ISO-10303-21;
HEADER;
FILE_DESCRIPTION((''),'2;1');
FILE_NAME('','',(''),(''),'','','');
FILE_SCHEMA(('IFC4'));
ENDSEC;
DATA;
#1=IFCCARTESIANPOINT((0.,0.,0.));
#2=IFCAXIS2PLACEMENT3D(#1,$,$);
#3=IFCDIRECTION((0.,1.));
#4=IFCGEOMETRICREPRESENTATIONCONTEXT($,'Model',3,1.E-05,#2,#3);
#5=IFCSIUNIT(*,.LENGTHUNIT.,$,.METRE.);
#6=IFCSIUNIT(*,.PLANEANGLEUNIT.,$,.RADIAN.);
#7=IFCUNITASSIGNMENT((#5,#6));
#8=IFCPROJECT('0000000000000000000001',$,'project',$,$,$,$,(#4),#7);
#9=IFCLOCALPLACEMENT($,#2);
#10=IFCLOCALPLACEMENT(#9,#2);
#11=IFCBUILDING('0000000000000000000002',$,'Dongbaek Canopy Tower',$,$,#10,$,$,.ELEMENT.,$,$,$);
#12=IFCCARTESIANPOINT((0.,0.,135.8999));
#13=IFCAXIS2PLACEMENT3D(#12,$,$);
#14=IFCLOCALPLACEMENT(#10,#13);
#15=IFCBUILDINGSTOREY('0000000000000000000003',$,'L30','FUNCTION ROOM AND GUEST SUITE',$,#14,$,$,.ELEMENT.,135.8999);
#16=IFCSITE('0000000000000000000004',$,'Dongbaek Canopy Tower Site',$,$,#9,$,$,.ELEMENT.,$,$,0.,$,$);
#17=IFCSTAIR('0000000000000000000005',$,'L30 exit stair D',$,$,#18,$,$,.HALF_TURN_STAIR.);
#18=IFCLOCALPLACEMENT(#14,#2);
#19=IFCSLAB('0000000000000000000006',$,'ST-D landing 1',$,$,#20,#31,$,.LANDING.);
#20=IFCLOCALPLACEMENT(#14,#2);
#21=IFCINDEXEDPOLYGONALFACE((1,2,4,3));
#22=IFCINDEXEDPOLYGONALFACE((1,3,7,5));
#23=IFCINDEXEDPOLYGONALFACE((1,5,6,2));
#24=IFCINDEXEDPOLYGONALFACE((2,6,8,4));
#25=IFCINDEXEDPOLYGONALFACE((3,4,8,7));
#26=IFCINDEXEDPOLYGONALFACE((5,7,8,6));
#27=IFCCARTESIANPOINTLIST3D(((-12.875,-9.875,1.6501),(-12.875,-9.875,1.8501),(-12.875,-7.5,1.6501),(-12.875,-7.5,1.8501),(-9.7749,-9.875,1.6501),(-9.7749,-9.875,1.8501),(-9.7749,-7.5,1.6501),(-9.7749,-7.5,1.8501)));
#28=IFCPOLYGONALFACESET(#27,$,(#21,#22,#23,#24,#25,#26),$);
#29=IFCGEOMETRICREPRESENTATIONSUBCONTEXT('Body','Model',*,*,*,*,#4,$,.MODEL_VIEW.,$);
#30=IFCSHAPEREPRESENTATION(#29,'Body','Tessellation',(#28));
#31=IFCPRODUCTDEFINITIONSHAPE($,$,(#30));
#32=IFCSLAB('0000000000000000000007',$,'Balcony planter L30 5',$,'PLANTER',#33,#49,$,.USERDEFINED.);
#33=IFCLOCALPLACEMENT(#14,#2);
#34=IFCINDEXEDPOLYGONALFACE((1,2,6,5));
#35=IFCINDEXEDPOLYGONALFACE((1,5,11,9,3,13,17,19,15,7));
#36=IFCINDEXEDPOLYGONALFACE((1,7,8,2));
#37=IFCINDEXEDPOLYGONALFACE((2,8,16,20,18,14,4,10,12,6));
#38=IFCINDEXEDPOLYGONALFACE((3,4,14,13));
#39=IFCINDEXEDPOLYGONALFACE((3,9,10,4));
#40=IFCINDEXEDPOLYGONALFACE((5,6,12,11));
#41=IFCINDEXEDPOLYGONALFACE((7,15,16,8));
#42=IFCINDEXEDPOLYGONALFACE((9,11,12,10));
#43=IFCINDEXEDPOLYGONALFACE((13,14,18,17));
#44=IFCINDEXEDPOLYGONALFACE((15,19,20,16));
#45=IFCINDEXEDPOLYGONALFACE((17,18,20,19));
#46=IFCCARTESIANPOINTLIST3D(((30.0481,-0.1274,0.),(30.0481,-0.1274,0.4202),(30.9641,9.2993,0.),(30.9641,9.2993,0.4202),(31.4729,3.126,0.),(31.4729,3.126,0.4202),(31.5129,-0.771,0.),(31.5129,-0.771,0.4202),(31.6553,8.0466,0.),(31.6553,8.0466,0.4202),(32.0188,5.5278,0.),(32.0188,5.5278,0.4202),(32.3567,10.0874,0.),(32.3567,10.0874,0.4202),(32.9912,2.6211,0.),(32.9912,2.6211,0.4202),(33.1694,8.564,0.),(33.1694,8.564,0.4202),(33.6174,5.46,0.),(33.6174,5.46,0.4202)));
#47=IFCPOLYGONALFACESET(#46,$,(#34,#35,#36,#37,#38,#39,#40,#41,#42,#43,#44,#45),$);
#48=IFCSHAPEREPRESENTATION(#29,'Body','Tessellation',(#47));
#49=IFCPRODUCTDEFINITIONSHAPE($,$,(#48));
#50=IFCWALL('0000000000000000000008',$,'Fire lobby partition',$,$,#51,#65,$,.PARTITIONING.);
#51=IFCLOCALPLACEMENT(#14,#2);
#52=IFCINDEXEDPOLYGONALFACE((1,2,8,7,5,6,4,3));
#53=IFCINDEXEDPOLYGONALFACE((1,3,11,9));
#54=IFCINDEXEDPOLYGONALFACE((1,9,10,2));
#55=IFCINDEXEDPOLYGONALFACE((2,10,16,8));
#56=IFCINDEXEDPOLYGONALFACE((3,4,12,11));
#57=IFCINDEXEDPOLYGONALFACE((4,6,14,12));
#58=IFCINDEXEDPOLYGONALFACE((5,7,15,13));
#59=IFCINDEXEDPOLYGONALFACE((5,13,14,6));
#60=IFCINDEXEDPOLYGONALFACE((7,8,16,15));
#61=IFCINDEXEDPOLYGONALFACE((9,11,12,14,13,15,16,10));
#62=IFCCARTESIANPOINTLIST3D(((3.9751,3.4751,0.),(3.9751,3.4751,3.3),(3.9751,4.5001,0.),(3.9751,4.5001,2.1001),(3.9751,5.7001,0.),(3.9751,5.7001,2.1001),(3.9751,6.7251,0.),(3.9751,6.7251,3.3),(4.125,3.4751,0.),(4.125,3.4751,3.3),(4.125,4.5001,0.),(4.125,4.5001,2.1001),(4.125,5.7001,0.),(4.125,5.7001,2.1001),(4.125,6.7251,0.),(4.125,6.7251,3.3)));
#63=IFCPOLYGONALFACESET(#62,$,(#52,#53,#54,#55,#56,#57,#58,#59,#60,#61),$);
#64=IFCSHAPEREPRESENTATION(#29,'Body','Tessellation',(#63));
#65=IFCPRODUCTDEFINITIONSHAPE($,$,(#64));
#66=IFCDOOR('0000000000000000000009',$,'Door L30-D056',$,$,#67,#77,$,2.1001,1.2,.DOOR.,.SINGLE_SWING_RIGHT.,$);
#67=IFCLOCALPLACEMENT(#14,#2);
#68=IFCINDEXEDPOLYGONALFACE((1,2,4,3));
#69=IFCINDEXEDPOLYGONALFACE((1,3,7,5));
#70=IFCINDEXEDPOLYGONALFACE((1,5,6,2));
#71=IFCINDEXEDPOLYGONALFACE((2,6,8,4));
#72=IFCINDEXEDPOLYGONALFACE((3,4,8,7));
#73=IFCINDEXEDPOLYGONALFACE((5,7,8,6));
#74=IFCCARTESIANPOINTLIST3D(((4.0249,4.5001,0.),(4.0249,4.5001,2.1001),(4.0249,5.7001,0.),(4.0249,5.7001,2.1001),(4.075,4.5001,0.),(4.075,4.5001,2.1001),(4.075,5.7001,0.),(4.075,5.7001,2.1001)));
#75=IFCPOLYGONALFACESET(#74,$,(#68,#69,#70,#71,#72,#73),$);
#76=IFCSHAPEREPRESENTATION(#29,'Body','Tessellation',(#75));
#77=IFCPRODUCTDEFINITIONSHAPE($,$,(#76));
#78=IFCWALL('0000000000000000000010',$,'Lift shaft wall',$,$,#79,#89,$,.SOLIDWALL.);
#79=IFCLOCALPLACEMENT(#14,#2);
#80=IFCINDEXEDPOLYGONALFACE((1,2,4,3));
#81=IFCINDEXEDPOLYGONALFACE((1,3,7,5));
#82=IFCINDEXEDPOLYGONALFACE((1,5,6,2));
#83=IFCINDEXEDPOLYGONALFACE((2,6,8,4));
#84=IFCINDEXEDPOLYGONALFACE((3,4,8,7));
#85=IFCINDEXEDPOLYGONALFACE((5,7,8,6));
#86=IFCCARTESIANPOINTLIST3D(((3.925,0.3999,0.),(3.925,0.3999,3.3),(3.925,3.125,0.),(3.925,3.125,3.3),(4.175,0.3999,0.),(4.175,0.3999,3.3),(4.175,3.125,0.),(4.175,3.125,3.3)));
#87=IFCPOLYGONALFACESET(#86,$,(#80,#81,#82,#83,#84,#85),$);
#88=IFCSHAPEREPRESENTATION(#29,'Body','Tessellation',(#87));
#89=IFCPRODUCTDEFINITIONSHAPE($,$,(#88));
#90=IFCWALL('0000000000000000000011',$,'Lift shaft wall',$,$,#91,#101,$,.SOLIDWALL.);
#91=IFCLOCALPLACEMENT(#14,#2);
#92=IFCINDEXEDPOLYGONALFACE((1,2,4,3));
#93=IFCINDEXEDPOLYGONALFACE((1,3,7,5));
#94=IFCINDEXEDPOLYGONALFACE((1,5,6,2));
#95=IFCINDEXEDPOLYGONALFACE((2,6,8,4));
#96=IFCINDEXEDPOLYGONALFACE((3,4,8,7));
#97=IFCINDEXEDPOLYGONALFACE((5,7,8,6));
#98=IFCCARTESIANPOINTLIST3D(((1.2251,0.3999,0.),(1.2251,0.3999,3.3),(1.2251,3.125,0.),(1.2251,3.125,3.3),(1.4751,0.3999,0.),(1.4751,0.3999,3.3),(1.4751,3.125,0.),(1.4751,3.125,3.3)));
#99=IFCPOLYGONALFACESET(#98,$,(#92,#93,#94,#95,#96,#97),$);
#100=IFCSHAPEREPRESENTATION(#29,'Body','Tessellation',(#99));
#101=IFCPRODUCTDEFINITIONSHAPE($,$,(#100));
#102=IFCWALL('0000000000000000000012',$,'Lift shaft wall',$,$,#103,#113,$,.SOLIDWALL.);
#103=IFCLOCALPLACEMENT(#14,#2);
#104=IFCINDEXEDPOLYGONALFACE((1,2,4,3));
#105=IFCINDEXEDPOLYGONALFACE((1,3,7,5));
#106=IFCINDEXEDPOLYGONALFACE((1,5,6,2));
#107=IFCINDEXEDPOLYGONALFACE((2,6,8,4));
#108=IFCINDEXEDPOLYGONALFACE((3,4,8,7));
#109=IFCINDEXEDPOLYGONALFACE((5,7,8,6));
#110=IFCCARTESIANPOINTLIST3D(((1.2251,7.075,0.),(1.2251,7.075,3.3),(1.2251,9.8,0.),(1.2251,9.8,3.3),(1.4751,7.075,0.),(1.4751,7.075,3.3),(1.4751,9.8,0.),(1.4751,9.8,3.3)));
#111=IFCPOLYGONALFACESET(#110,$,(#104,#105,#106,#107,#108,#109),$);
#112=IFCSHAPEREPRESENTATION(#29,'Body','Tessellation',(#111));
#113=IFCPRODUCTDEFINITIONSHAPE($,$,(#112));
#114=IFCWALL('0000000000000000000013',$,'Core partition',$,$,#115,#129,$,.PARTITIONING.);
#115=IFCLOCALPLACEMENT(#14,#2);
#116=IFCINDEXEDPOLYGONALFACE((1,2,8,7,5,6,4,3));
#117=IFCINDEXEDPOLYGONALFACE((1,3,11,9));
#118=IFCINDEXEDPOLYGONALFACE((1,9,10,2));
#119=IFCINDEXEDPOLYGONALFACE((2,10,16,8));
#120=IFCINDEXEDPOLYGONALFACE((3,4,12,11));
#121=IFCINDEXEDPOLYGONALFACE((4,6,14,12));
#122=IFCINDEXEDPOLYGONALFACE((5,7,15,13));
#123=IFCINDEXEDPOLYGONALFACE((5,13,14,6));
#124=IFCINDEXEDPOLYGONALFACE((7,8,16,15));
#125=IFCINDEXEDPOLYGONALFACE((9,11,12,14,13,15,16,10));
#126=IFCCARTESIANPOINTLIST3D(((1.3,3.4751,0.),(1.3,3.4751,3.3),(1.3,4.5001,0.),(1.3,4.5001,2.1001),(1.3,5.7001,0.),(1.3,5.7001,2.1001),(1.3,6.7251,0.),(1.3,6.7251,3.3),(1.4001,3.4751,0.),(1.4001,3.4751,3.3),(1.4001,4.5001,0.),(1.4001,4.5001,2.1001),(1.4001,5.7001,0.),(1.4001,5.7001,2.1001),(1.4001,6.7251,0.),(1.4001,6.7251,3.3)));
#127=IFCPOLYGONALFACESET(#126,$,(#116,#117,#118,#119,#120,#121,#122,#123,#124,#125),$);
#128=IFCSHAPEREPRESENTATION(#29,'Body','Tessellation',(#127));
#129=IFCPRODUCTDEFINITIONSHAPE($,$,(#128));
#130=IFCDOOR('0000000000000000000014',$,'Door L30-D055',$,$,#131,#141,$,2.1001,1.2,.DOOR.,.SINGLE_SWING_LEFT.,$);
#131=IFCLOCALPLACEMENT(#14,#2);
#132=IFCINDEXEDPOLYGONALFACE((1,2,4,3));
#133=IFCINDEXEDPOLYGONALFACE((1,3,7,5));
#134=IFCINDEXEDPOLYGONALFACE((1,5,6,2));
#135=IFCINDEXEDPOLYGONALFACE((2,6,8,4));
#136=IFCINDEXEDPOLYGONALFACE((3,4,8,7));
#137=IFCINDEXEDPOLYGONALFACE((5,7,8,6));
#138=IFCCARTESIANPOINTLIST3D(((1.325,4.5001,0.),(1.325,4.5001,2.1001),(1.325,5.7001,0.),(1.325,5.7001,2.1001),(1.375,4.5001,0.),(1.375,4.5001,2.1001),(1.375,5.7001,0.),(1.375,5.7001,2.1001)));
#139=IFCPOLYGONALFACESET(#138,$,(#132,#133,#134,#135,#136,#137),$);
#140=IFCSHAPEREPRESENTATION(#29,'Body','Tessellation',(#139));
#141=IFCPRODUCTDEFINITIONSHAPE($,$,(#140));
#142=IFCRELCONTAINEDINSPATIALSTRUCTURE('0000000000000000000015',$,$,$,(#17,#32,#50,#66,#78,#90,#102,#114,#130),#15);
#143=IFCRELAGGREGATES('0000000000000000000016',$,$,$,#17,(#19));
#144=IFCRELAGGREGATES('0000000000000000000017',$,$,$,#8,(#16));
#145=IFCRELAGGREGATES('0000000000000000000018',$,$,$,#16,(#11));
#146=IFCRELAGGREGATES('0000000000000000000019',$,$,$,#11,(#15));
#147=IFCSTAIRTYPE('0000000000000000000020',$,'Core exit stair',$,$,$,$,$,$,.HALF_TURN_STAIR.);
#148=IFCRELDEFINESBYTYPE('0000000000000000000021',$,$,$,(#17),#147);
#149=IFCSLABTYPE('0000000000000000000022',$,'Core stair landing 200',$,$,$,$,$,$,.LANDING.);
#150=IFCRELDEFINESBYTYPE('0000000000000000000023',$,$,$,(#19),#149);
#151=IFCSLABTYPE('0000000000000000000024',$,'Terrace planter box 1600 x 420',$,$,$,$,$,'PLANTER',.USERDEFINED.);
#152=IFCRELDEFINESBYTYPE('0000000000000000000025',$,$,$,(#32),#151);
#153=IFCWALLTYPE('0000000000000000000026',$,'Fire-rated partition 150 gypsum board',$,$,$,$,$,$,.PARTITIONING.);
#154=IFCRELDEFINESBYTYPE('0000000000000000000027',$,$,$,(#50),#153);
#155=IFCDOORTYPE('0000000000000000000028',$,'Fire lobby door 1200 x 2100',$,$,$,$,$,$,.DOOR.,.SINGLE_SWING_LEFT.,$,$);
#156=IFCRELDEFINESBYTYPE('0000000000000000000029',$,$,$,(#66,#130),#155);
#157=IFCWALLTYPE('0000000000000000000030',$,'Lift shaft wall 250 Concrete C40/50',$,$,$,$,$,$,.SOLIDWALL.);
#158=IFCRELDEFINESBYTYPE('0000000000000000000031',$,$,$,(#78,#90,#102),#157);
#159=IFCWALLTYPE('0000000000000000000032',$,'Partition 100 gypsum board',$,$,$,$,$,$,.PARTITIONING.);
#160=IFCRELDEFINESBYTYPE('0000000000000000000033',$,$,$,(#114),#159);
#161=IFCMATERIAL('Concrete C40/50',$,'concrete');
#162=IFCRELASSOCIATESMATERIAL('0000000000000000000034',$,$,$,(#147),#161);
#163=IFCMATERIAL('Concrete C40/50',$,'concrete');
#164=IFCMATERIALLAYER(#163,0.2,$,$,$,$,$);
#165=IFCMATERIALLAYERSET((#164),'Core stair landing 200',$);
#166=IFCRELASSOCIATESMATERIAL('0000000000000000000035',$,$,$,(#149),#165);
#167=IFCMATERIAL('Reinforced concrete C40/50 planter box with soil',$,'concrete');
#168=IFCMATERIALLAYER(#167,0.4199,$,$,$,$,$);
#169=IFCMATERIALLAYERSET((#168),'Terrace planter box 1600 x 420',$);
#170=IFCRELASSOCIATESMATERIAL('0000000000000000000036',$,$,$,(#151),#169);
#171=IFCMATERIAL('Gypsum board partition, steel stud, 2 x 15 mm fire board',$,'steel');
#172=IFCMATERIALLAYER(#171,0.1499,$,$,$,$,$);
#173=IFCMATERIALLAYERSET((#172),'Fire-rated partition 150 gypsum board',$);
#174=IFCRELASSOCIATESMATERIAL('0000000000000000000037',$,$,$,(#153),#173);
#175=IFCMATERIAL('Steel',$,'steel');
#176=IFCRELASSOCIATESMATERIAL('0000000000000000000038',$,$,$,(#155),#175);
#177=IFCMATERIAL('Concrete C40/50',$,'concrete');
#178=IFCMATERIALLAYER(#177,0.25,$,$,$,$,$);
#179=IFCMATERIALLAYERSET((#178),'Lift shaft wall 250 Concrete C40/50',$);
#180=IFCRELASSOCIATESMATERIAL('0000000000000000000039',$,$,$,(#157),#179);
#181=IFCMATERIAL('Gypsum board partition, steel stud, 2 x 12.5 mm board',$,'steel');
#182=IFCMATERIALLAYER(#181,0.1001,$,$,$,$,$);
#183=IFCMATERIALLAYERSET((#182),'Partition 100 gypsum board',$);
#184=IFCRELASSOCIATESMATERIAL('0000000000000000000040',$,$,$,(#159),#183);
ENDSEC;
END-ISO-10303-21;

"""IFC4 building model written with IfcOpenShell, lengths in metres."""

from ifc_helpers import new_model, si_unit, direction, frame, frame_2d, origin, place, context, subcontext, project, spatial, polyline, rectangle, outline, extrude, material, layer, layer_set, type_object, element, fill, aggregate, save


model = new_model("IFC4")

# Units and contexts
model_context = context("Model", 3, precision=1e-05, world=origin(), true_north=direction((0.0, 1.0)))
body_context = subcontext(model_context, "Body", "Model", "MODEL_VIEW")
ifc_project = project(units=[si_unit("LENGTHUNIT", "METRE"), si_unit("PLANEANGLEUNIT", "RADIAN")], contexts=[model_context])

# Site, building, storey
site_placement = place(None, origin())
site = spatial("IfcSite", under=ifc_project, at=site_placement, Name="Dongbaek Canopy Tower Site", CompositionType="ELEMENT", RefElevation=0.0)
building_placement = place(site_placement, origin())
building = spatial("IfcBuilding", under=site, at=building_placement, Name="Dongbaek Canopy Tower", CompositionType="ELEMENT")
storey_placement = place(building_placement, frame((0.0, 0.0, 135.8999)))
storey = spatial("IfcBuildingStorey", under=building, at=storey_placement, Name="L30", Description="FUNCTION ROOM AND GUEST SUITE", CompositionType="ELEMENT", Elevation=135.8999)

# Stair, slab
ifc_material_1 = material(Name="Concrete C40/50", Category="concrete")
stair_type = type_object("IfcStairType", Name="Core exit stair", PredefinedType="HALF_TURN_STAIR", material=ifc_material_1)
ifc_material_2 = material(Name="Concrete C40/50", Category="concrete")
ifc_layer_1 = layer(ifc_material_2, 0.2)
ifc_layer_set_1 = layer_set([ifc_layer_1], Name="Core stair landing 200")
slab_type_1 = type_object("IfcSlabType", Name="Core stair landing 200", PredefinedType="LANDING", material=ifc_layer_set_1)
stair_1_placement = place(storey_placement, origin())
stair_1 = element("IfcStair", 1, at=stair_1_placement, inside=storey, type_object=stair_type, Name="L30 exit stair D", PredefinedType="HALF_TURN_STAIR")
slab_1_placement = place(storey_placement, frame((0.0, 0.0, 1.6501)))
slab_1 = element("IfcSlab", 2, at=slab_1_placement, type_object=slab_type_1, Name="ST-D landing 1", PredefinedType="LANDING", context=body_context, shape_type="SweptSolid", body=[
    extrude(outline(polyline([(-12.875, -7.5), (-12.875, -9.875), (-9.7749, -9.875), (-9.7749, -7.5), (-12.875, -7.5)])), origin(), (0.0, 0.0, 1.0), 0.2),
])
aggregate(stair_1, [slab_1])

# Slab
ifc_material_3 = material(Name="Reinforced concrete C40/50 planter box with soil", Category="concrete")
ifc_layer_2 = layer(ifc_material_3, 0.4199)
ifc_layer_set_2 = layer_set([ifc_layer_2], Name="Terrace planter box 1600 x 420")
slab_type_2 = type_object("IfcSlabType", Name="Terrace planter box 1600 x 420", ElementType="PLANTER", PredefinedType="USERDEFINED", material=ifc_layer_set_2)
slab_2_placement = place(storey_placement, origin())
element("IfcSlab", 3, at=slab_2_placement, inside=storey, type_object=slab_type_2, Name="Balcony planter L30 5", ObjectType="PLANTER", PredefinedType="USERDEFINED", context=body_context, shape_type="SweptSolid", body=[
    extrude(outline(polyline([(30.0481, -0.1274), (31.4729, 3.126), (32.0188, 5.5278), (31.6553, 8.0466), (30.9641, 9.2993), (32.3567, 10.0874), (33.1694, 8.564), (33.6174, 5.46), (32.9912, 2.6211), (31.5129, -0.771), (30.0481, -0.1274)])), origin(), (0.0, 0.0, 1.0), 0.4202),
])

# Wall, opening, door
ifc_material_4 = material(Name="Gypsum board partition, steel stud, 2 x 15 mm fire board", Category="steel")
ifc_layer_3 = layer(ifc_material_4, 0.1499)
ifc_layer_set_3 = layer_set([ifc_layer_3], Name="Fire-rated partition 150 gypsum board")
wall_type_1 = type_object("IfcWallType", Name="Fire-rated partition 150 gypsum board", PredefinedType="PARTITIONING", material=ifc_layer_set_3)
wall_1_placement = place(storey_placement, frame((4.05, 6.7251, 0.0), z_axis=(0.0, 0.0, 1.0), x_axis=(0.0, -1.0, 0.0)))
wall_1 = element("IfcWall", 4, at=wall_1_placement, inside=storey, type_object=wall_type_1, Name="Fire lobby partition", PredefinedType="PARTITIONING", context=body_context, shape_type="SweptSolid", body=[
    extrude(rectangle(XDim=3.25, YDim=0.1499, at=frame_2d((1.625, 0.0))), origin(), (0.0, 0.0, 1.0), 3.3),
])
opening_1_placement = place(wall_1_placement, frame((1.0249, 0.0, 0.0)))
opening_1 = element("IfcOpeningElement", 5, at=opening_1_placement, cuts=wall_1, PredefinedType="OPENING", context=body_context, shape_type="SweptSolid", body=[
    extrude(rectangle(XDim=1.2, YDim=2.1001, at=frame_2d((0.6001, 1.05))), frame((0.0, 0.085, 0.0), z_axis=(0.0, -1.0, 0.0), x_axis=(1.0, 0.0, 0.0)), (0.0, 0.0, 1.0), 0.1699),
])
ifc_material_5 = material(Name="Steel", Category="steel")
door_type = type_object("IfcDoorType", Name="Fire lobby door 1200 x 2100", OperationType="SINGLE_SWING_LEFT", PredefinedType="DOOR", material=ifc_material_5)
door_1_placement = place(opening_1_placement, origin())
door_1 = element("IfcDoor", 6, at=door_1_placement, inside=storey, type_object=door_type, Name="Door L30-D056", OperationType="SINGLE_SWING_RIGHT", OverallHeight=2.1001, OverallWidth=1.2, PredefinedType="DOOR", context=body_context, shape_type="SweptSolid", body=[
    extrude(rectangle(XDim=1.2, YDim=2.1001, at=frame_2d((0.6001, 1.05))), frame((0.0, 0.0249, 0.0), z_axis=(0.0, -1.0, 0.0), x_axis=(1.0, 0.0, 0.0)), (0.0, 0.0, 1.0), 0.05),
])
fill(opening_1, door_1)

# Walls
ifc_material_6 = material(Name="Concrete C40/50", Category="concrete")
ifc_layer_4 = layer(ifc_material_6, 0.25)
ifc_layer_set_4 = layer_set([ifc_layer_4], Name="Lift shaft wall 250 Concrete C40/50")
wall_type_2 = type_object("IfcWallType", Name="Lift shaft wall 250 Concrete C40/50", PredefinedType="SOLIDWALL", material=ifc_layer_set_4)
for number, where, z_axis, x_axis, name in (
    (7, (4.05, 0.3999, 0.0), (0.0, 0.0, 1.0), (0.0, 1.0, 0.0), "Lift shaft wall"),
    (8, (1.3501, 0.3999, 0.0), (0.0, 0.0, 1.0), (0.0, 1.0, 0.0), "Lift shaft wall"),
    (9, (1.3501, 7.075, 0.0), (0.0, 0.0, 1.0), (0.0, 1.0, 0.0), "Lift shaft wall"),
):
    element("IfcWall", number, at=place(storey_placement, frame(where, z_axis=z_axis, x_axis=x_axis)), inside=storey, type_object=wall_type_2, Name=name, PredefinedType="SOLIDWALL", context=body_context, shape_type="SweptSolid", body=[
        extrude(rectangle(XDim=2.7251, YDim=0.25, at=frame_2d((1.3625, 0.0))), origin(), (0.0, 0.0, 1.0), 3.3),
    ])

# Wall, opening, door
ifc_material_7 = material(Name="Gypsum board partition, steel stud, 2 x 12.5 mm board", Category="steel")
ifc_layer_5 = layer(ifc_material_7, 0.1001)
ifc_layer_set_5 = layer_set([ifc_layer_5], Name="Partition 100 gypsum board")
wall_type_3 = type_object("IfcWallType", Name="Partition 100 gypsum board", PredefinedType="PARTITIONING", material=ifc_layer_set_5)
wall_2_placement = place(storey_placement, frame((1.3501, 6.7251, 0.0), z_axis=(0.0, 0.0, 1.0), x_axis=(0.0, -1.0, 0.0)))
wall_2 = element("IfcWall", 10, at=wall_2_placement, inside=storey, type_object=wall_type_3, Name="Core partition", PredefinedType="PARTITIONING", context=body_context, shape_type="SweptSolid", body=[
    extrude(rectangle(XDim=3.25, YDim=0.1001, at=frame_2d((1.625, 0.0))), origin(), (0.0, 0.0, 1.0), 3.3),
])
opening_2_placement = place(wall_2_placement, frame((1.0249, 0.0, 0.0)))
opening_2 = element("IfcOpeningElement", 11, at=opening_2_placement, cuts=wall_2, PredefinedType="OPENING", context=body_context, shape_type="SweptSolid", body=[
    extrude(rectangle(XDim=1.2, YDim=2.1001, at=frame_2d((0.6001, 1.05))), frame((0.0, 0.0601, 0.0), z_axis=(0.0, -1.0, 0.0), x_axis=(1.0, 0.0, 0.0)), (0.0, 0.0, 1.0), 0.1201),
])
door_2_placement = place(opening_2_placement, origin())
door_2 = element("IfcDoor", 12, at=door_2_placement, inside=storey, type_object=door_type, Name="Door L30-D055", OperationType="SINGLE_SWING_LEFT", OverallHeight=2.1001, OverallWidth=1.2, PredefinedType="DOOR", context=body_context, shape_type="SweptSolid", body=[
    extrude(rectangle(XDim=1.2, YDim=2.1001, at=frame_2d((0.6001, 1.05))), frame((0.0, 0.0249, 0.0), z_axis=(0.0, -1.0, 0.0), x_axis=(1.0, 0.0, 0.0)), (0.0, 0.0, 1.0), 0.05),
])
fill(opening_2, door_2)

save(model, "model.ifc")
